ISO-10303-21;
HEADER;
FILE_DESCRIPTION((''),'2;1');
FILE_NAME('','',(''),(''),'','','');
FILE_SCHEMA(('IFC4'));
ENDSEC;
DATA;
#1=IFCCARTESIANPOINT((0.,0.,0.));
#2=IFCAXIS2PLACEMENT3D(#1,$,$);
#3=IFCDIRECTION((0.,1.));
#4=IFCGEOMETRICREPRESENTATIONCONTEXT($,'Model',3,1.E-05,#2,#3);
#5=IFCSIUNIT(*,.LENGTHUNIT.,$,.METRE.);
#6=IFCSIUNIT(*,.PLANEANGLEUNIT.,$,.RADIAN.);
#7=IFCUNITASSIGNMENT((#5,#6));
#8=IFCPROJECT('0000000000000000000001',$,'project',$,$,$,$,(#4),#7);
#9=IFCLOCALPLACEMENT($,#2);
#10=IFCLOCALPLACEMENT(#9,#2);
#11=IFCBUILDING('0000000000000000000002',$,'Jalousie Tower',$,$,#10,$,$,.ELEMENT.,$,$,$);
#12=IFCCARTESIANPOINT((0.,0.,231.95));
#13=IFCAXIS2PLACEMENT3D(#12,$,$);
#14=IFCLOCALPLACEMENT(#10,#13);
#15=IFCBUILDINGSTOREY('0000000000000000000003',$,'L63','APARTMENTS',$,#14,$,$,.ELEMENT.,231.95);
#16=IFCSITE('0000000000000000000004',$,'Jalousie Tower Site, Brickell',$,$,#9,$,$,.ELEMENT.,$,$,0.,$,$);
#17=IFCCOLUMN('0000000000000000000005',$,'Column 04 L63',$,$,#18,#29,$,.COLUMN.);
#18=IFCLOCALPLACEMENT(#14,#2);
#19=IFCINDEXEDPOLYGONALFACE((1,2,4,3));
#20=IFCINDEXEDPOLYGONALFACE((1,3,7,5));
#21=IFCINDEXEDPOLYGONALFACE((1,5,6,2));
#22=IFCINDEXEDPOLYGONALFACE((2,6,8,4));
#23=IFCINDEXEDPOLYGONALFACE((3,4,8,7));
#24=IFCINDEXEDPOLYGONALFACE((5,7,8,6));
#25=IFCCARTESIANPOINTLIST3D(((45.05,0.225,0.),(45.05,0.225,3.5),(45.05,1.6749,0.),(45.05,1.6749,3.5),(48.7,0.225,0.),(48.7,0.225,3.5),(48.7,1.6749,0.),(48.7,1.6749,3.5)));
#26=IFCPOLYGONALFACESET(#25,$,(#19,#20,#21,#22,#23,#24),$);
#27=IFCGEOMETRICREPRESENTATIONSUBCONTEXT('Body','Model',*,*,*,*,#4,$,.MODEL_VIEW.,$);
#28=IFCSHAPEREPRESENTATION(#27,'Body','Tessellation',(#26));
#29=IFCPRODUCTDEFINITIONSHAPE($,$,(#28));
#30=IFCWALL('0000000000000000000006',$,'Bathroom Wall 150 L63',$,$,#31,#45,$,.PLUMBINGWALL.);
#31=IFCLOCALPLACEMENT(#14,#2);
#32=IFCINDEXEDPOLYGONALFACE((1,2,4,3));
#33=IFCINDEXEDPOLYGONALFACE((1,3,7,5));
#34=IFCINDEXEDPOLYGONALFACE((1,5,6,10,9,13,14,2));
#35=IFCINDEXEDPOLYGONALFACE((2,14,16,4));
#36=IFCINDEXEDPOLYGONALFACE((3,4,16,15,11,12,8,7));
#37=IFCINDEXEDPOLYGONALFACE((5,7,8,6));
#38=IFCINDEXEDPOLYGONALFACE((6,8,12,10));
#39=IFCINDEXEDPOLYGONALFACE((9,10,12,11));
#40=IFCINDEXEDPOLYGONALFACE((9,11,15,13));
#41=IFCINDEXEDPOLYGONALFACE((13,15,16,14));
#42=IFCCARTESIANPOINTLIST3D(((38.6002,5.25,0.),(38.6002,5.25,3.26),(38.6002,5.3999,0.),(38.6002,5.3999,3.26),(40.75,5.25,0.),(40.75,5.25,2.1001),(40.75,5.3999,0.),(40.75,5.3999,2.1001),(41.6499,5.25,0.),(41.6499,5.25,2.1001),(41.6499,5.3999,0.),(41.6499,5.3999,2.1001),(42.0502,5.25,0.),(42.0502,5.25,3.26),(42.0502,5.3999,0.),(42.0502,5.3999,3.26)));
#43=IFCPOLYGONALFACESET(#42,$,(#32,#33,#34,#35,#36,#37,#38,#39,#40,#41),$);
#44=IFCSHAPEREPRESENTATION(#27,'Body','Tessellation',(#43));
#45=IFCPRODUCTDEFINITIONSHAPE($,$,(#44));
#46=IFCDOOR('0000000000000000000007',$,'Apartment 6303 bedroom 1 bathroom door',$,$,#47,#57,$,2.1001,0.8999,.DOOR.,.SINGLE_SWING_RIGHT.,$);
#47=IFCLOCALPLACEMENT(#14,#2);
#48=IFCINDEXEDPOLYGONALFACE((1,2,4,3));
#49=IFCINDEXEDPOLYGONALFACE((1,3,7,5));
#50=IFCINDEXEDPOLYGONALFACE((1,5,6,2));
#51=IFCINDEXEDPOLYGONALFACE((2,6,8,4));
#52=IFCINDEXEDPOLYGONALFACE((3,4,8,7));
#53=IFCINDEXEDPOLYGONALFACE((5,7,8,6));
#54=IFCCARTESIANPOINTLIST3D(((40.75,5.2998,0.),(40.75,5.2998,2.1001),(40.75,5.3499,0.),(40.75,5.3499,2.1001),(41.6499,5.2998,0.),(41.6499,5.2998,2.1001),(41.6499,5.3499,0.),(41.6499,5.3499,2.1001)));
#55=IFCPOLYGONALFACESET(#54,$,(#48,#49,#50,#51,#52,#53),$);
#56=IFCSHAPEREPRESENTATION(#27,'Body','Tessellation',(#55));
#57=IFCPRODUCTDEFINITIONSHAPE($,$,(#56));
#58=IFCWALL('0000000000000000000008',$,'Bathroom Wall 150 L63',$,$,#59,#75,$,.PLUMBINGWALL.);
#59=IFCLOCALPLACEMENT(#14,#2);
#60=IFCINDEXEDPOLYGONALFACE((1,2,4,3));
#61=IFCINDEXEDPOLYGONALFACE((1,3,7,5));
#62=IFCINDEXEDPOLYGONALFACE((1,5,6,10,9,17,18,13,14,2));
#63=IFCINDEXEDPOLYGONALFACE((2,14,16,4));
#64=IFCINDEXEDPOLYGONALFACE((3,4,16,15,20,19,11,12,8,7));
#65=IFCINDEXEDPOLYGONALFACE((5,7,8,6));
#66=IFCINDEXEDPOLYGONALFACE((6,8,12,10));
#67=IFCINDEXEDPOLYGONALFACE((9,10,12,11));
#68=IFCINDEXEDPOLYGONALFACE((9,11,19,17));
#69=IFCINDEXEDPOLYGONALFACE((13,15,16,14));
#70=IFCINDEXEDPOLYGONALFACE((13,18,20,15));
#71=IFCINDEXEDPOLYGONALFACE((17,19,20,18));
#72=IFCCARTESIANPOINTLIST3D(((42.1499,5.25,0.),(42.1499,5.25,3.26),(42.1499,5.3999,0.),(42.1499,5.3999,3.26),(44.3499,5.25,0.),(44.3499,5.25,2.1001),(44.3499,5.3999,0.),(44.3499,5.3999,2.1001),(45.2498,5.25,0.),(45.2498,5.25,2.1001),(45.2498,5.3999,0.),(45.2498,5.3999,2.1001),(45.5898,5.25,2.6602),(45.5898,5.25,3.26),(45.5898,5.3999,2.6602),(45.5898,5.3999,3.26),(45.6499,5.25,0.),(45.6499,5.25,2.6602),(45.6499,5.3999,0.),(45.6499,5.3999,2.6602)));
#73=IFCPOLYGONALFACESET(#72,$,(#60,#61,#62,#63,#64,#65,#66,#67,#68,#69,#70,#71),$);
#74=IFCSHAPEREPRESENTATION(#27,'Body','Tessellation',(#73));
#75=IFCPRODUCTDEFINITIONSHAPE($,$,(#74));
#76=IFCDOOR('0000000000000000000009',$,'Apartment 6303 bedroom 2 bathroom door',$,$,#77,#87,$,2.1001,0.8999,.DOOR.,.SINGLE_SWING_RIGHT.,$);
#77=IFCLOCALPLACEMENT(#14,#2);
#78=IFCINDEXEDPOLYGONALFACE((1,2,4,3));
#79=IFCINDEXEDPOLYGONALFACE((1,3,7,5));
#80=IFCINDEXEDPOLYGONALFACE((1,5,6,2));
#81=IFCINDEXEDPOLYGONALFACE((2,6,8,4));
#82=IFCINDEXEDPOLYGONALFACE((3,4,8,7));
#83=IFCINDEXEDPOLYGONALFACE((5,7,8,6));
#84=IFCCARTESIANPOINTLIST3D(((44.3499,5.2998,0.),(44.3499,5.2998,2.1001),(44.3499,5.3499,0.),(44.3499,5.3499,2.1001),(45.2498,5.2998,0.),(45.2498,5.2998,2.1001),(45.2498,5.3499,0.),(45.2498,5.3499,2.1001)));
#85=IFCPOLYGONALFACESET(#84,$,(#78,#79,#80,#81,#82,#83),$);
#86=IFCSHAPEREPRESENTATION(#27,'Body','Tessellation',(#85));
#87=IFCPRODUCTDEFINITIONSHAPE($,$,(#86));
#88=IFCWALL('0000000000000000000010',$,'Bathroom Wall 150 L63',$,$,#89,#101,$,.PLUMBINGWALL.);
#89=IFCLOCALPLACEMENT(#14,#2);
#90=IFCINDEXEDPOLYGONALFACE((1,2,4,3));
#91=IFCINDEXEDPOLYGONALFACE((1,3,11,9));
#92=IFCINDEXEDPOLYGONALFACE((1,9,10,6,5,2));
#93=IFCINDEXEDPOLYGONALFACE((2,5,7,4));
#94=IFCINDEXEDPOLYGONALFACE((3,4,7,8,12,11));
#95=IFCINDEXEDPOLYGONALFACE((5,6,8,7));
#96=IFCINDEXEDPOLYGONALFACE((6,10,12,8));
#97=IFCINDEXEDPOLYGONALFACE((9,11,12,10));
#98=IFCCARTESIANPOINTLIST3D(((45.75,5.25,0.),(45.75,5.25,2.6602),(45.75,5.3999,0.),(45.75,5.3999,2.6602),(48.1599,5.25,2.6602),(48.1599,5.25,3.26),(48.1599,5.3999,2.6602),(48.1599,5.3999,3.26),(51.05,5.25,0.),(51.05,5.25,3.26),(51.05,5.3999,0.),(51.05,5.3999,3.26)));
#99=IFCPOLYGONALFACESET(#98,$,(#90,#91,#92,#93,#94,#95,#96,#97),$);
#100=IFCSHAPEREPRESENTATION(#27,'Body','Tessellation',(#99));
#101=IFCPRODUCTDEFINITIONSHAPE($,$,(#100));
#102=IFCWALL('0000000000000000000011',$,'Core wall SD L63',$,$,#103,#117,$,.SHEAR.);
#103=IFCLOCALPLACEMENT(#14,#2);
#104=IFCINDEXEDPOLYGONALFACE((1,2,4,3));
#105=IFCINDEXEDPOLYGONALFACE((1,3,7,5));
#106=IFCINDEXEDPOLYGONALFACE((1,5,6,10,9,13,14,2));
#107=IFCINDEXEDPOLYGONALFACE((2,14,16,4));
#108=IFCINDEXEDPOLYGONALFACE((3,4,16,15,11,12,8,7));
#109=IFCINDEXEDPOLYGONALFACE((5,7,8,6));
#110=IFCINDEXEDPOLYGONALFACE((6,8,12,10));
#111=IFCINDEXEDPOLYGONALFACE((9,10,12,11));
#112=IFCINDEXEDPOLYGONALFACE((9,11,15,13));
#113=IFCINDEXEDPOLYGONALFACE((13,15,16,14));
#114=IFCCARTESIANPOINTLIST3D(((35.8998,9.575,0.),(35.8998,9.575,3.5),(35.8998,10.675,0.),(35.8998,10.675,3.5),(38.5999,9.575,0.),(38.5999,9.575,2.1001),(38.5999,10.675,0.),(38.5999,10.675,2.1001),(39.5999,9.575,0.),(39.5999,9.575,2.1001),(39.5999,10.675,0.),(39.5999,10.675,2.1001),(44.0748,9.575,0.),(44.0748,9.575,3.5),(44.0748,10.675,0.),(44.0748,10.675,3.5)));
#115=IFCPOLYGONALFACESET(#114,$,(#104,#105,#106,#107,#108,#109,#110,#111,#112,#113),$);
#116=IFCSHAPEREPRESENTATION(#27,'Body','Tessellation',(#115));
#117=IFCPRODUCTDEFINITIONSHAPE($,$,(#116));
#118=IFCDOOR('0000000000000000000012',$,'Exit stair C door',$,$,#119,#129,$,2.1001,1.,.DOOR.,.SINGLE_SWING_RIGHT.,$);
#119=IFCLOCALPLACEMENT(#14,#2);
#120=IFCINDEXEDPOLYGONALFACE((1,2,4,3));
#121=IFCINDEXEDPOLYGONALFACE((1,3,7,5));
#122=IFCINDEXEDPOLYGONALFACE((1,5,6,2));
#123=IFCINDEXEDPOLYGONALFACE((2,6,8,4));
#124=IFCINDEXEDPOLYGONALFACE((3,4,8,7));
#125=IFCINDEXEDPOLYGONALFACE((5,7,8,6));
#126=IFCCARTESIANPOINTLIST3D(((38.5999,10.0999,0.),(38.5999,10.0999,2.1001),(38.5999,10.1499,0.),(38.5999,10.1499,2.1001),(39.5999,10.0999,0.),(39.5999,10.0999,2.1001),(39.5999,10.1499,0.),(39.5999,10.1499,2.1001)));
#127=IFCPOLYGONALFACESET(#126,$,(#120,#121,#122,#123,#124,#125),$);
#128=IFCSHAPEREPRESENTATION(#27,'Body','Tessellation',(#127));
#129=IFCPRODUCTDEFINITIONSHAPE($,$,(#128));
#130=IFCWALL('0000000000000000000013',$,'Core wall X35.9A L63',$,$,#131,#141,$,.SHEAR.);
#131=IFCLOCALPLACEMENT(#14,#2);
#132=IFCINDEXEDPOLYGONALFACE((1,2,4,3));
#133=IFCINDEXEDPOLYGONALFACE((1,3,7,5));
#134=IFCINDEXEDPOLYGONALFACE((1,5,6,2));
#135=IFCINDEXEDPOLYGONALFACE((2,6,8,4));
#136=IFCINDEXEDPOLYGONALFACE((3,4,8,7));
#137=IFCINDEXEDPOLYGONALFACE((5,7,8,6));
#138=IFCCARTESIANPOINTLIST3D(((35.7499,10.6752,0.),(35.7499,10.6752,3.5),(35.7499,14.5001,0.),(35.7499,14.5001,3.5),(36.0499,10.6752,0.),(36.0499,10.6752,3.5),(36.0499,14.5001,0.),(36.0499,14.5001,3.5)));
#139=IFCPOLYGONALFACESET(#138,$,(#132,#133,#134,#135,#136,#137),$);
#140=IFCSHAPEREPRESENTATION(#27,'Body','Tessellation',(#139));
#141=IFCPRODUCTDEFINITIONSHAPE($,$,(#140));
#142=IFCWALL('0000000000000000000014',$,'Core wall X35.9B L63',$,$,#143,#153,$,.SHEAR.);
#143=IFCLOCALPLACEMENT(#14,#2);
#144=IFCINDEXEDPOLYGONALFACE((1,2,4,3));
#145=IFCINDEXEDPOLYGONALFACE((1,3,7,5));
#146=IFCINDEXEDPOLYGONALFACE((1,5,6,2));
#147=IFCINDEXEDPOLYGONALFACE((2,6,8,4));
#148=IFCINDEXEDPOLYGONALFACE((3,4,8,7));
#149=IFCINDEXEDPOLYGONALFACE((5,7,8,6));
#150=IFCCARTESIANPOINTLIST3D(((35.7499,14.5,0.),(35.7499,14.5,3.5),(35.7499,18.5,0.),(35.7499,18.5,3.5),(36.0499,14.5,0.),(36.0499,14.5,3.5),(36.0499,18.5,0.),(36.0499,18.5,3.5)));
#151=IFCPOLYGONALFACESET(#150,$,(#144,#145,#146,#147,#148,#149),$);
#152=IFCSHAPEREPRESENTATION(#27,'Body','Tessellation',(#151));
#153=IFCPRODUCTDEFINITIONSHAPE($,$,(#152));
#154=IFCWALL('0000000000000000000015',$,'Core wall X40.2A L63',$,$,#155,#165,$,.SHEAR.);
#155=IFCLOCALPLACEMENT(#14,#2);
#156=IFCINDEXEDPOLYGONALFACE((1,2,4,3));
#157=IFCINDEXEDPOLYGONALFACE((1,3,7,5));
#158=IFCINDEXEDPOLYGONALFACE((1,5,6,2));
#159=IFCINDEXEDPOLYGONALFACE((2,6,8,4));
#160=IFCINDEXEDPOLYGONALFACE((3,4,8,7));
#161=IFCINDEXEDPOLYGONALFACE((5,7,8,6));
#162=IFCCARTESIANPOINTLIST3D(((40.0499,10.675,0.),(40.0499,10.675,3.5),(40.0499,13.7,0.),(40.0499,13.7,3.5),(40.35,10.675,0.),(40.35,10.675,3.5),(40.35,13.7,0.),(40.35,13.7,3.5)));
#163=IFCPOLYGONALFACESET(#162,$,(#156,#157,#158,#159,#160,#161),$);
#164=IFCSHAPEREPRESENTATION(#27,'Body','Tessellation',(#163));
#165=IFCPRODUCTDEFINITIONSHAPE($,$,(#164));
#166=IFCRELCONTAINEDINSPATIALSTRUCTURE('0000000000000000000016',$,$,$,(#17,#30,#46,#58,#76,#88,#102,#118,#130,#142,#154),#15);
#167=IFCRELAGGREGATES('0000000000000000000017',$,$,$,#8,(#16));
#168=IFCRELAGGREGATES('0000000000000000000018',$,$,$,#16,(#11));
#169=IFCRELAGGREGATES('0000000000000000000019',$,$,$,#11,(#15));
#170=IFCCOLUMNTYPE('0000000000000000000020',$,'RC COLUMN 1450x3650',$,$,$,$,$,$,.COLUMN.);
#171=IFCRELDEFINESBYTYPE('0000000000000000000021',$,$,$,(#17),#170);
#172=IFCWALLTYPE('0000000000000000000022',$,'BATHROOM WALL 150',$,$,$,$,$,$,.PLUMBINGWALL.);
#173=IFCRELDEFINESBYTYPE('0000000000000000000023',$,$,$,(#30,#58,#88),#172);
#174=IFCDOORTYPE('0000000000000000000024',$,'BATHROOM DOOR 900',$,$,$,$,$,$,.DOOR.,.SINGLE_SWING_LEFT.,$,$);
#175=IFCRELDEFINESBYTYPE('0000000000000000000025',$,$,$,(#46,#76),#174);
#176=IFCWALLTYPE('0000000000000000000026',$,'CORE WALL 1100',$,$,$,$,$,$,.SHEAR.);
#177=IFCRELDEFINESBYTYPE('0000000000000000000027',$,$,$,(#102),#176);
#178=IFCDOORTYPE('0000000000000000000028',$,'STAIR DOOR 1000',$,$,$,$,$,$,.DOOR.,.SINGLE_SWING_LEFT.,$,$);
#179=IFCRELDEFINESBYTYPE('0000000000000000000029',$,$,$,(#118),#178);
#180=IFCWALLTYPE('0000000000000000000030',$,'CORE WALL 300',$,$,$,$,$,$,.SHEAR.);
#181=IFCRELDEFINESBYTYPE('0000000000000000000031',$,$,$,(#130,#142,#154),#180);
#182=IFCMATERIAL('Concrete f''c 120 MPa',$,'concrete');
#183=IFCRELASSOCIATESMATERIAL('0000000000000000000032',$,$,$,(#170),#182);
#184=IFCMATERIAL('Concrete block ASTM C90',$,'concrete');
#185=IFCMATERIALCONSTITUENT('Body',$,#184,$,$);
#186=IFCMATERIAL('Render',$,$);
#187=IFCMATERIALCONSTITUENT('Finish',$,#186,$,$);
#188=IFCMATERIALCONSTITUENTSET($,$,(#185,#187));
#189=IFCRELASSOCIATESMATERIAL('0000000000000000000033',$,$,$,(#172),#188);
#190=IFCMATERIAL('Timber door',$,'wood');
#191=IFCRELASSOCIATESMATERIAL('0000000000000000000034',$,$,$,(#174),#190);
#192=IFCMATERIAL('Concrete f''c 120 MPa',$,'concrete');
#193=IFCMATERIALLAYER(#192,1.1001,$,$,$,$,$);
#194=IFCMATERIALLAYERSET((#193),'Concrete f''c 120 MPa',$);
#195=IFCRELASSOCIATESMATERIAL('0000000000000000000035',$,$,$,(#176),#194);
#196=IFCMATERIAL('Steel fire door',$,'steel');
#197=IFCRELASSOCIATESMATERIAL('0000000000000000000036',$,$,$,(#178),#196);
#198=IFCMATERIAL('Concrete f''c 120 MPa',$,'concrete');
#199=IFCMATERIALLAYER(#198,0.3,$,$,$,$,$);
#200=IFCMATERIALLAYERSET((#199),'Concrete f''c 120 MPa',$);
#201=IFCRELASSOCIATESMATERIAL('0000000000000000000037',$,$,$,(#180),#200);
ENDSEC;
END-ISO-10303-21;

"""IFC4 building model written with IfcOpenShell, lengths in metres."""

from ifc_helpers import new_model, si_unit, direction, frame, frame_2d, origin, origin_2d, place, context, subcontext, project, spatial, polyline, rectangle, outline, extrude, material, layer, layer_set, constituent, constituent_set, material_profile, profile_set, type_object, element, fill, save


model = new_model("IFC4")

# Units and contexts
model_context = context("Model", 3, precision=1e-05, world=origin(), true_north=direction((0.0, 1.0)))
body_context = subcontext(model_context, "Body", "Model", "MODEL_VIEW")
ifc_project = project(units=[si_unit("LENGTHUNIT", "METRE"), si_unit("PLANEANGLEUNIT", "RADIAN")], contexts=[model_context])

# Site, building, storey
site_placement = place(None, origin())
site = spatial("IfcSite", under=ifc_project, at=site_placement, Name="Jalousie Tower Site, Brickell", CompositionType="ELEMENT", RefElevation=0.0)
building_placement = place(site_placement, origin())
building = spatial("IfcBuilding", under=site, at=building_placement, Name="Jalousie Tower", CompositionType="ELEMENT")
storey_placement = place(building_placement, frame((0.0, 0.0, 231.95)))
storey = spatial("IfcBuildingStorey", under=building, at=storey_placement, Name="L63", Description="APARTMENTS", CompositionType="ELEMENT", Elevation=231.95)

# Column
ifc_material_1 = material(Name="Concrete f'c 120 MPa", Category="concrete")
ifc_material_profile = material_profile(ifc_material_1, rectangle(XDim=1.45, YDim=3.6499, at=origin_2d()), Name="RC 1450x3650")
ifc_profile_set = profile_set([ifc_material_profile], Name="Concrete f'c 120 MPa")
column_type = type_object("IfcColumnType", Name="RC COLUMN 1450x3650", PredefinedType="COLUMN", material=ifc_profile_set)
column_placement = place(storey_placement, frame((46.875, 0.95, 0.0), z_axis=(0.0, 0.0, 1.0), x_axis=(0.0, 1.0, 0.0)))
element("IfcColumn", 1, at=column_placement, inside=storey, type_object=column_type, Name="Column 04 L63", PredefinedType="COLUMN", context=body_context, shape_type="SweptSolid", body=[
    extrude(rectangle(XDim=1.45, YDim=3.6499, at=origin_2d()), origin(), (0.0, 0.0, 1.0), 3.5),
])

# Walls, openings, doors
ifc_material_2 = material(Name="Concrete block ASTM C90", Category="concrete")
ifc_constituent_1 = constituent(ifc_material_2, Name="Body")
ifc_material_3 = material(Name="Render")
ifc_constituent_2 = constituent(ifc_material_3, Name="Finish")
ifc_constituent_set_1 = constituent_set(constituents=[ifc_constituent_1, ifc_constituent_2])
wall_type_1 = type_object("IfcWallType", Name="BATHROOM WALL 150", PredefinedType="PLUMBINGWALL", material=ifc_constituent_set_1)
wall_1_placement = place(storey_placement, frame((38.6001, 5.325, 0.0), z_axis=(0.0, 0.0, 1.0), x_axis=(1.0, 0.0, 0.0)))
wall_1 = element("IfcWall", 2, at=wall_1_placement, inside=storey, type_object=wall_type_1, Name="Bathroom Wall 150 L63", PredefinedType="PLUMBINGWALL", context=body_context, shape_type="SweptSolid", body=[
    extrude(rectangle(XDim=3.45, YDim=0.1499, at=frame_2d((1.7251, 0.0))), origin(), (0.0, 0.0, 1.0), 3.26),
])
opening_1_placement = place(wall_1_placement, frame((2.1499, 0.0, 0.0)))
opening_1 = element("IfcOpeningElement", 3, at=opening_1_placement, cuts=wall_1, PredefinedType="OPENING", context=body_context, shape_type="SweptSolid", body=[
    extrude(rectangle(XDim=0.8999, YDim=2.1001, at=frame_2d((0.45, 1.05))), frame((0.0, 0.085, 0.0), z_axis=(0.0, -1.0, 0.0), x_axis=(1.0, 0.0, 0.0)), (0.0, 0.0, 1.0), 0.1699),
])
ifc_material_4 = material(Name="Timber door", Category="wood")
door_type_1 = type_object("IfcDoorType", Name="BATHROOM DOOR 900", OperationType="SINGLE_SWING_LEFT", PredefinedType="DOOR", material=ifc_material_4)
door_1_placement = place(opening_1_placement, origin())
door_1 = element("IfcDoor", 4, at=door_1_placement, inside=storey, type_object=door_type_1, Name="Apartment 6303 bedroom 1 bathroom door", OperationType="SINGLE_SWING_RIGHT", OverallHeight=2.1001, OverallWidth=0.8999, PredefinedType="DOOR", context=body_context, shape_type="SweptSolid", body=[
    extrude(rectangle(XDim=0.8999, YDim=2.1001, at=frame_2d((0.45, 1.05))), frame((0.0, 0.0249, 0.0), z_axis=(0.0, -1.0, 0.0), x_axis=(1.0, 0.0, 0.0)), (0.0, 0.0, 1.0), 0.05),
])
fill(opening_1, door_1)
wall_2_placement = place(storey_placement, frame((42.1499, 5.325, 0.0), z_axis=(0.0, 0.0, 1.0), x_axis=(1.0, 0.0, 0.0)))
wall_2 = element("IfcWall", 5, at=wall_2_placement, inside=storey, type_object=wall_type_1, Name="Bathroom Wall 150 L63", PredefinedType="PLUMBINGWALL", context=body_context, shape_type="SweptSolid", body=[
    extrude(outline(polyline([(0.0, 0.0), (3.5, 0.0), (3.5, 3.26), (3.5, 2.6602), (3.4399, 2.6602), (3.4399, 3.26), (0.0, 3.26), (0.0, 0.0)])), frame((0.0, 0.075, 0.0), z_axis=(0.0, -1.0, 0.0), x_axis=(1.0, 0.0, 0.0)), (0.0, 0.0, 1.0), 0.1499),
])
opening_2_placement = place(wall_2_placement, frame((2.2, 0.0, 0.0)))
opening_2 = element("IfcOpeningElement", 6, at=opening_2_placement, cuts=wall_2, PredefinedType="OPENING", context=body_context, shape_type="SweptSolid", body=[
    extrude(rectangle(XDim=0.8999, YDim=2.1001, at=frame_2d((0.45, 1.05))), frame((0.0, 0.085, 0.0), z_axis=(0.0, -1.0, 0.0), x_axis=(1.0, 0.0, 0.0)), (0.0, 0.0, 1.0), 0.1699),
])
door_2_placement = place(opening_2_placement, origin())
door_2 = element("IfcDoor", 7, at=door_2_placement, inside=storey, type_object=door_type_1, Name="Apartment 6303 bedroom 2 bathroom door", OperationType="SINGLE_SWING_RIGHT", OverallHeight=2.1001, OverallWidth=0.8999, PredefinedType="DOOR", context=body_context, shape_type="SweptSolid", body=[
    extrude(rectangle(XDim=0.8999, YDim=2.1001, at=frame_2d((0.45, 1.05))), frame((0.0, 0.0249, 0.0), z_axis=(0.0, -1.0, 0.0), x_axis=(1.0, 0.0, 0.0)), (0.0, 0.0, 1.0), 0.05),
])
fill(opening_2, door_2)

# Wall
wall_3_placement = place(storey_placement, frame((45.75, 5.325, 0.0), z_axis=(0.0, 0.0, 1.0), x_axis=(1.0, 0.0, 0.0)))
element("IfcWall", 8, at=wall_3_placement, inside=storey, type_object=wall_type_1, Name="Bathroom Wall 150 L63", PredefinedType="PLUMBINGWALL", context=body_context, shape_type="SweptSolid", body=[
    extrude(outline(polyline([(0.0, 0.0), (5.3, 0.0), (5.3, 3.26), (2.4099, 3.26), (2.4099, 2.6602), (0.0, 2.6602), (0.0, 3.26), (0.0, 0.0)])), frame((0.0, 0.075, 0.0), z_axis=(0.0, -1.0, 0.0), x_axis=(1.0, 0.0, 0.0)), (0.0, 0.0, 1.0), 0.1499),
])

# Wall, opening, door
ifc_material_5 = material(Name="Concrete f'c 120 MPa", Category="concrete")
ifc_layer_1 = layer(ifc_material_5, 1.1001)
ifc_layer_set_1 = layer_set([ifc_layer_1], Name="Concrete f'c 120 MPa")
wall_type_2 = type_object("IfcWallType", Name="CORE WALL 1100", PredefinedType="SHEAR", material=ifc_layer_set_1)
wall_4_placement = place(storey_placement, frame((35.8999, 10.125, 0.0), z_axis=(0.0, 0.0, 1.0), x_axis=(1.0, 0.0, 0.0)))
wall_4 = element("IfcWall", 9, at=wall_4_placement, inside=storey, type_object=wall_type_2, Name="Core wall SD L63", PredefinedType="SHEAR", context=body_context, shape_type="SweptSolid", body=[
    extrude(rectangle(XDim=8.175, YDim=1.1001, at=frame_2d((4.0874, 0.0))), origin(), (0.0, 0.0, 1.0), 3.5),
])
opening_3_placement = place(wall_4_placement, frame((2.7, 0.0, 0.0)))
opening_3 = element("IfcOpeningElement", 10, at=opening_3_placement, cuts=wall_4, PredefinedType="OPENING", context=body_context, shape_type="SweptSolid", body=[
    extrude(rectangle(XDim=1.0, YDim=2.1001, at=frame_2d((0.5, 1.05))), frame((0.0, 0.5601, 0.0), z_axis=(0.0, -1.0, 0.0), x_axis=(1.0, 0.0, 0.0)), (0.0, 0.0, 1.0), 1.1201),
])
ifc_material_6 = material(Name="Steel fire door", Category="steel")
door_type_2 = type_object("IfcDoorType", Name="STAIR DOOR 1000", OperationType="SINGLE_SWING_LEFT", PredefinedType="DOOR", material=ifc_material_6)
door_3_placement = place(opening_3_placement, origin())
door_3 = element("IfcDoor", 11, at=door_3_placement, inside=storey, type_object=door_type_2, Name="Exit stair C door", OperationType="SINGLE_SWING_RIGHT", OverallHeight=2.1001, OverallWidth=1.0, PredefinedType="DOOR", context=body_context, shape_type="SweptSolid", body=[
    extrude(rectangle(XDim=1.0, YDim=2.1001, at=frame_2d((0.5, 1.05))), frame((0.0, 0.0249, 0.0), z_axis=(0.0, -1.0, 0.0), x_axis=(1.0, 0.0, 0.0)), (0.0, 0.0, 1.0), 0.05),
])
fill(opening_3, door_3)

# Walls
ifc_material_7 = material(Name="Concrete f'c 120 MPa", Category="concrete")
ifc_layer_2 = layer(ifc_material_7, 0.3)
ifc_layer_set_2 = layer_set([ifc_layer_2], Name="Concrete f'c 120 MPa")
wall_type_3 = type_object("IfcWallType", Name="CORE WALL 300", PredefinedType="SHEAR", material=ifc_layer_set_2)
wall_5_placement = place(storey_placement, frame((35.8999, 10.675, 0.0), z_axis=(0.0, 0.0, 1.0), x_axis=(0.0, 1.0, 0.0)))
element("IfcWall", 12, at=wall_5_placement, inside=storey, type_object=wall_type_3, Name="Core wall X35.9A L63", PredefinedType="SHEAR", context=body_context, shape_type="SweptSolid", body=[
    extrude(rectangle(XDim=3.825, YDim=0.3, at=frame_2d((1.9126, 0.0))), origin(), (0.0, 0.0, 1.0), 3.5),
])
wall_6_placement = place(storey_placement, frame((35.8999, 14.5, 0.0), z_axis=(0.0, 0.0, 1.0), x_axis=(0.0, 1.0, 0.0)))
element("IfcWall", 13, at=wall_6_placement, inside=storey, type_object=wall_type_3, Name="Core wall X35.9B L63", PredefinedType="SHEAR", context=body_context, shape_type="SweptSolid", body=[
    extrude(rectangle(XDim=4.0, YDim=0.3, at=frame_2d((2.0, 0.0))), origin(), (0.0, 0.0, 1.0), 3.5),
])
wall_7_placement = place(storey_placement, frame((40.2, 10.675, 0.0), z_axis=(0.0, 0.0, 1.0), x_axis=(0.0, 1.0, 0.0)))
element("IfcWall", 14, at=wall_7_placement, inside=storey, type_object=wall_type_3, Name="Core wall X40.2A L63", PredefinedType="SHEAR", context=body_context, shape_type="SweptSolid", body=[
    extrude(rectangle(XDim=3.0249, YDim=0.3, at=frame_2d((1.5125, 0.0))), origin(), (0.0, 0.0, 1.0), 3.5),
])

save(model, "model.ifc")
